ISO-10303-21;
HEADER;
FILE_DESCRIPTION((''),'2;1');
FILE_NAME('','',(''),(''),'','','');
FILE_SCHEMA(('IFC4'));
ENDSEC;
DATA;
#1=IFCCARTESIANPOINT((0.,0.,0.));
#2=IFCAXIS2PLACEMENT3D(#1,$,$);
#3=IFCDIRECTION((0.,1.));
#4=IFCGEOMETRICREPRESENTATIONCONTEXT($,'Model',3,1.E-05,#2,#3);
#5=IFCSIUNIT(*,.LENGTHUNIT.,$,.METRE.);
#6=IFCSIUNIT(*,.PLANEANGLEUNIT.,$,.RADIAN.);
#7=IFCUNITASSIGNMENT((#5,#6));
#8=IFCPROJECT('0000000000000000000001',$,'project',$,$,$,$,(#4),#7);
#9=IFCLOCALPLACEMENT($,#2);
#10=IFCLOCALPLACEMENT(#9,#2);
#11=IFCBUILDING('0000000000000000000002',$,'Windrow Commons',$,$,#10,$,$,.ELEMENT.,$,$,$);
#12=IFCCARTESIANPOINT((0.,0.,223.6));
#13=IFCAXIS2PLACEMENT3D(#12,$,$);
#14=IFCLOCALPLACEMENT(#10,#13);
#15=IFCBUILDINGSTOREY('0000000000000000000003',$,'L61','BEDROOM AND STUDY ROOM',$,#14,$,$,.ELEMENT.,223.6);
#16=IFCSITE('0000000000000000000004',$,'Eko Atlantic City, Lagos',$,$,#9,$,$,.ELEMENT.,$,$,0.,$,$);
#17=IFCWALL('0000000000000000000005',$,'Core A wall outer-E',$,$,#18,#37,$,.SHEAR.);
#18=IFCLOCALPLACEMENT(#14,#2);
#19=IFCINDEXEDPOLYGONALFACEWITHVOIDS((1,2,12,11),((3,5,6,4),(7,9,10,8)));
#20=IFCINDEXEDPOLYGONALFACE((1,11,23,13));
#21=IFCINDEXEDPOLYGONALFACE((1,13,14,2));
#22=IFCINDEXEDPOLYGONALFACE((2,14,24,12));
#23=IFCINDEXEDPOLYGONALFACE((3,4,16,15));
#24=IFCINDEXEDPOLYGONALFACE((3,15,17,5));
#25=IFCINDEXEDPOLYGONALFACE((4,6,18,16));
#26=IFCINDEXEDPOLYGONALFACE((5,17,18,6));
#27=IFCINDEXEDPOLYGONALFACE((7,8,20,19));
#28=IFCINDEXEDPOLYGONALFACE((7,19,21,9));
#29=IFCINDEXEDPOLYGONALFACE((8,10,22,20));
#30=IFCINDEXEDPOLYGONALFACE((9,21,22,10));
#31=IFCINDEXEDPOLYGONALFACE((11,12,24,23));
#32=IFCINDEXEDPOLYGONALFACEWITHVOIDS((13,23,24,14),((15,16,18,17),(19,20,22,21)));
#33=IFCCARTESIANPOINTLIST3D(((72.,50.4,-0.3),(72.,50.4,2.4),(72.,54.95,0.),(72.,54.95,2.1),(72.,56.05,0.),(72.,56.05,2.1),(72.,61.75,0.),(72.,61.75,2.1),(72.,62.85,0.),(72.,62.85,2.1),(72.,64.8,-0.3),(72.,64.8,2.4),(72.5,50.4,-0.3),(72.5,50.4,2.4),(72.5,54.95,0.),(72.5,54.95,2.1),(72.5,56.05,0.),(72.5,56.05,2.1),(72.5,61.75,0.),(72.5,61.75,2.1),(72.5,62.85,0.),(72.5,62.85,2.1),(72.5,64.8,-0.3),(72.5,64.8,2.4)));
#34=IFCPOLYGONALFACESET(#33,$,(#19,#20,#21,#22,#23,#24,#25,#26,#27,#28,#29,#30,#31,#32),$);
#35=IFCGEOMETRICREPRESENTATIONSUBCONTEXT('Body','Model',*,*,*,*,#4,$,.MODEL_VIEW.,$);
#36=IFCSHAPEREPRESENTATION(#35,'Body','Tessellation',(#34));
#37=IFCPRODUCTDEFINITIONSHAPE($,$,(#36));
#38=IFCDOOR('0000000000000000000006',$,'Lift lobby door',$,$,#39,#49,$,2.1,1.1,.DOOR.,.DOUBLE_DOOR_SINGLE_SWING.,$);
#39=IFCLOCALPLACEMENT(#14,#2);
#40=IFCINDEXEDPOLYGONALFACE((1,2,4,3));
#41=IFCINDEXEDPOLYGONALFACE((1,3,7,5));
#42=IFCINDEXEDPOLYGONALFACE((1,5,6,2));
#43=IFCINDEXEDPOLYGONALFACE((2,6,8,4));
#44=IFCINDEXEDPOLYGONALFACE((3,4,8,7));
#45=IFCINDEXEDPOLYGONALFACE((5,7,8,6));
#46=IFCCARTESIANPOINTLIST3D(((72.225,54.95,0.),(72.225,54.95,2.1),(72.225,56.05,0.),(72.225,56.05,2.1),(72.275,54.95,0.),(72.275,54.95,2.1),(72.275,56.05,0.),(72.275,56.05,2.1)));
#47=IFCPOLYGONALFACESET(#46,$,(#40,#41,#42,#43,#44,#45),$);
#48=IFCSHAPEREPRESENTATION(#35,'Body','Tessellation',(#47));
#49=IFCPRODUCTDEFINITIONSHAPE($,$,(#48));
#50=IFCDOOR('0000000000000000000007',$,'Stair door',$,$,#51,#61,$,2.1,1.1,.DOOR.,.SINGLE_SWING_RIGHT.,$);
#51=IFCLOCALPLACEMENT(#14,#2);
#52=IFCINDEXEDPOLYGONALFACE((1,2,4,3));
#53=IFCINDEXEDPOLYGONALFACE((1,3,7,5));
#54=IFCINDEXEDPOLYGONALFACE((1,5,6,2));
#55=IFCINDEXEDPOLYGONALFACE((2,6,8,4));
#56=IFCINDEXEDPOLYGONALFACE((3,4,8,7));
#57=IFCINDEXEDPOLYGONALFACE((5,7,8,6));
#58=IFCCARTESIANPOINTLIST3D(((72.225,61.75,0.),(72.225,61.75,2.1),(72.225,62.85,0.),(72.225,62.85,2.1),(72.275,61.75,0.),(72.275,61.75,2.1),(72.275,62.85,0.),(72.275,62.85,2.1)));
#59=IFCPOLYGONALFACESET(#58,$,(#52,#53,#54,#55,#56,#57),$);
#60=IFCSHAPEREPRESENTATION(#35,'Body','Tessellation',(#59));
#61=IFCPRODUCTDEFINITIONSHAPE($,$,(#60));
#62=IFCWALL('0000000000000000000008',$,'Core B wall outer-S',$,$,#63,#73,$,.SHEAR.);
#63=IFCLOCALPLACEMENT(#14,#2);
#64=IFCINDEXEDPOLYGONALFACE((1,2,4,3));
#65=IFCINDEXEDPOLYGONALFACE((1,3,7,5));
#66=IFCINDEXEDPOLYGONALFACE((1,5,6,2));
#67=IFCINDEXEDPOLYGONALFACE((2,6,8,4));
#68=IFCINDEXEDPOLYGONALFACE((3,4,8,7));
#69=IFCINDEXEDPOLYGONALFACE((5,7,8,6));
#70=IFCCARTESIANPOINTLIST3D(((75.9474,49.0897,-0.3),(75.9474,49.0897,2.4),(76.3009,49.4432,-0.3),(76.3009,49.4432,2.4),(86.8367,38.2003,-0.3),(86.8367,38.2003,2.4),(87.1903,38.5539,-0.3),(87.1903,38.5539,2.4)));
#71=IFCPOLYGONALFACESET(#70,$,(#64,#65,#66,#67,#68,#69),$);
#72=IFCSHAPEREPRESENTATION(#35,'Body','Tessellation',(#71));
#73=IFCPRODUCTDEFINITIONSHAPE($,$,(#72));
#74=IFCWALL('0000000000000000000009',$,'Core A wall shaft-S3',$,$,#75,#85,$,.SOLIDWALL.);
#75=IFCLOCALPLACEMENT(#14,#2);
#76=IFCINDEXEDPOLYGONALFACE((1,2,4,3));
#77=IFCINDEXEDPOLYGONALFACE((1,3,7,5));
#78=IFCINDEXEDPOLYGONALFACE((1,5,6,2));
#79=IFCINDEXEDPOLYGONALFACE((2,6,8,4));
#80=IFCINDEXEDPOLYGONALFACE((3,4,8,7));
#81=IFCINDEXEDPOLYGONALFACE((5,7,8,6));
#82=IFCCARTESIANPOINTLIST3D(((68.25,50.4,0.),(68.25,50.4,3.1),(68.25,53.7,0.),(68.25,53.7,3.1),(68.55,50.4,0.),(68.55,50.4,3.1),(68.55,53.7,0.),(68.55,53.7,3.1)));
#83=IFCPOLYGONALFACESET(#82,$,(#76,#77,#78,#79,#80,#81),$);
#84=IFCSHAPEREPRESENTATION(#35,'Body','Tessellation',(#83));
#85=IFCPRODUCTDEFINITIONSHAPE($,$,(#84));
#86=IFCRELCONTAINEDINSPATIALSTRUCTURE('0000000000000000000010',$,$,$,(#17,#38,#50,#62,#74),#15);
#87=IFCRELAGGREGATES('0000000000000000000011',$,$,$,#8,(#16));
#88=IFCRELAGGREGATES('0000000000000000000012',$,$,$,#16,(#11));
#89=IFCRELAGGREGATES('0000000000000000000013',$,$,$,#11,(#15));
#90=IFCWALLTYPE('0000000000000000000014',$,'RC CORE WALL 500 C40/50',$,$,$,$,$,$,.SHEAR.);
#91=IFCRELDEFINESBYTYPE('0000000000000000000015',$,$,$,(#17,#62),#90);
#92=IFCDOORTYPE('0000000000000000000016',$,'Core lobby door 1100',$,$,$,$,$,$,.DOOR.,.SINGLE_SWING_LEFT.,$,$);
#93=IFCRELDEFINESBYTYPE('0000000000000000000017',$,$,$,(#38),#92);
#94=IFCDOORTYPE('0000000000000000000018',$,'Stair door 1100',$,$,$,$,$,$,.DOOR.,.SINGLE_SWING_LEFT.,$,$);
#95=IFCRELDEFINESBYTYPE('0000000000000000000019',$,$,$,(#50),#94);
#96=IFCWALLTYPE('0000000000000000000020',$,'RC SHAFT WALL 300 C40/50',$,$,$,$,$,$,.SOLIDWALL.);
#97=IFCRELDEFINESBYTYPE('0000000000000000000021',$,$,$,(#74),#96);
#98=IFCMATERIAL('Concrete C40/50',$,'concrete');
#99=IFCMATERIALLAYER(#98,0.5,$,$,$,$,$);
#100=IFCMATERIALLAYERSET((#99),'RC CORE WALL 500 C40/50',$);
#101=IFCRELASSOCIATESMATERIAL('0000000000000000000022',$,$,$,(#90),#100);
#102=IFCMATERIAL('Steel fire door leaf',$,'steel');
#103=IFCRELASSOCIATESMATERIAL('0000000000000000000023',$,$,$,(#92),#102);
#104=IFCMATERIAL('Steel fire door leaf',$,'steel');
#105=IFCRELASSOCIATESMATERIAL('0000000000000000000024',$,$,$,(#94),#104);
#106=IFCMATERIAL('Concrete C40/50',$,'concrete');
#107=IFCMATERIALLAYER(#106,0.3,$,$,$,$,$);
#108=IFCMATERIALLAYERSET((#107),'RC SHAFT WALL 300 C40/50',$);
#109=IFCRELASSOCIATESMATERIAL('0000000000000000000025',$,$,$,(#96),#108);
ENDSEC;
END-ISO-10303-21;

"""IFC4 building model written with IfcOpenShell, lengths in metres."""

from ifc_helpers import new_model, si_unit, direction, frame, frame_2d, origin, place, context, subcontext, project, spatial, rectangle, extrude, material, layer, layer_set, type_object, element, fill, save


model = new_model("IFC4")

# Units and contexts
model_context = context("Model", 3, precision=1e-05, world=origin(), true_north=direction((0.0, 1.0)))
body_context = subcontext(model_context, "Body", "Model", "MODEL_VIEW")
ifc_project = project(units=[si_unit("LENGTHUNIT", "METRE"), si_unit("PLANEANGLEUNIT", "RADIAN")], contexts=[model_context])

# Site, building, storey
site_placement = place(None, origin())
site = spatial("IfcSite", under=ifc_project, at=site_placement, Name="Eko Atlantic City, Lagos", CompositionType="ELEMENT", RefElevation=0.0)
building_placement = place(site_placement, origin())
building = spatial("IfcBuilding", under=site, at=building_placement, Name="Windrow Commons", CompositionType="ELEMENT")
storey_placement = place(building_placement, frame((0.0, 0.0, 223.6)))
storey = spatial("IfcBuildingStorey", under=building, at=storey_placement, Name="L61", Description="BEDROOM AND STUDY ROOM", CompositionType="ELEMENT", Elevation=223.6)

# Wall, openings, doors
ifc_material_1 = material(Name="Concrete C40/50", Category="concrete")
ifc_layer_1 = layer(ifc_material_1, 0.5)
ifc_layer_set_1 = layer_set([ifc_layer_1], Name="RC CORE WALL 500 C40/50")
wall_type_1 = type_object("IfcWallType", Name="RC CORE WALL 500 C40/50", PredefinedType="SHEAR", material=ifc_layer_set_1)
wall_1_placement = place(storey_placement, frame((72.25, 50.4, -0.3), z_axis=(0.0, 0.0, 1.0), x_axis=(0.0, 1.0, 0.0)))
wall_1 = element("IfcWall", 1, at=wall_1_placement, inside=storey, type_object=wall_type_1, Name="Core A wall outer-E", PredefinedType="SHEAR", context=body_context, shape_type="SweptSolid", body=[
    extrude(rectangle(XDim=14.4, YDim=0.5, at=frame_2d((7.2, 0.0))), origin(), (0.0, 0.0, 1.0), 2.7),
])
opening_1_placement = place(wall_1_placement, frame((4.55, 0.0, 0.3)))
opening_1 = element("IfcOpeningElement", 2, at=opening_1_placement, cuts=wall_1, PredefinedType="OPENING", context=body_context, shape_type="SweptSolid", body=[
    extrude(rectangle(XDim=1.1, YDim=2.1, at=frame_2d((0.55, 1.05))), frame((0.0, 0.26, 0.0), z_axis=(0.0, -1.0, 0.0), x_axis=(1.0, 0.0, 0.0)), (0.0, 0.0, 1.0), 0.52),
])
opening_2_placement = place(wall_1_placement, frame((11.35, 0.0, 0.3)))
opening_2 = element("IfcOpeningElement", 3, at=opening_2_placement, cuts=wall_1, PredefinedType="OPENING", context=body_context, shape_type="SweptSolid", body=[
    extrude(rectangle(XDim=1.1, YDim=2.1, at=frame_2d((0.55, 1.05))), frame((0.0, 0.26, 0.0), z_axis=(0.0, -1.0, 0.0), x_axis=(1.0, 0.0, 0.0)), (0.0, 0.0, 1.0), 0.52),
])
ifc_material_2 = material(Name="Steel fire door leaf", Category="steel")
door_type_1 = type_object("IfcDoorType", Name="Core lobby door 1100", OperationType="SINGLE_SWING_LEFT", PredefinedType="DOOR", material=ifc_material_2)
door_1_placement = place(opening_1_placement, origin())
door_1 = element("IfcDoor", 4, at=door_1_placement, inside=storey, type_object=door_type_1, Name="Lift lobby door", OperationType="DOUBLE_DOOR_SINGLE_SWING", OverallHeight=2.1, OverallWidth=1.1, PredefinedType="DOOR", context=body_context, shape_type="SweptSolid", body=[
    extrude(rectangle(XDim=1.1, YDim=2.1, at=frame_2d((0.55, 1.05))), frame((0.0, 0.025, 0.0), z_axis=(0.0, -1.0, 0.0), x_axis=(1.0, 0.0, 0.0)), (0.0, 0.0, 1.0), 0.05),
])
fill(opening_1, door_1)
ifc_material_3 = material(Name="Steel fire door leaf", Category="steel")
door_type_2 = type_object("IfcDoorType", Name="Stair door 1100", OperationType="SINGLE_SWING_LEFT", PredefinedType="DOOR", material=ifc_material_3)
door_2_placement = place(opening_2_placement, origin())
door_2 = element("IfcDoor", 5, at=door_2_placement, inside=storey, type_object=door_type_2, Name="Stair door", OperationType="SINGLE_SWING_RIGHT", OverallHeight=2.1, OverallWidth=1.1, PredefinedType="DOOR", context=body_context, shape_type="SweptSolid", body=[
    extrude(rectangle(XDim=1.1, YDim=2.1, at=frame_2d((0.55, 1.05))), frame((0.0, 0.025, 0.0), z_axis=(0.0, -1.0, 0.0), x_axis=(1.0, 0.0, 0.0)), (0.0, 0.0, 1.0), 0.05),
])
fill(opening_2, door_2)

# Walls
wall_2_placement = place(storey_placement, frame((76.1241, 49.2665, -0.3), z_axis=(0.0, 0.0, 1.0), x_axis=(0.707107, -0.707107, 0.0)))
element("IfcWall", 6, at=wall_2_placement, inside=storey, type_object=wall_type_1, Name="Core B wall outer-S", PredefinedType="SHEAR", context=body_context, shape_type="SweptSolid", body=[
    extrude(rectangle(XDim=15.3999, YDim=0.5, at=frame_2d((7.7, 0.0))), origin(), (0.0, 0.0, 1.0), 2.7),
])
ifc_material_4 = material(Name="Concrete C40/50", Category="concrete")
ifc_layer_2 = layer(ifc_material_4, 0.3)
ifc_layer_set_2 = layer_set([ifc_layer_2], Name="RC SHAFT WALL 300 C40/50")
wall_type_2 = type_object("IfcWallType", Name="RC SHAFT WALL 300 C40/50", PredefinedType="SOLIDWALL", material=ifc_layer_set_2)
wall_3_placement = place(storey_placement, frame((68.4, 50.4, 0.0), z_axis=(0.0, 0.0, 1.0), x_axis=(0.0, 1.0, 0.0)))
element("IfcWall", 7, at=wall_3_placement, inside=storey, type_object=wall_type_2, Name="Core A wall shaft-S3", PredefinedType="SOLIDWALL", context=body_context, shape_type="SweptSolid", body=[
    extrude(rectangle(XDim=3.3, YDim=0.3, at=frame_2d((1.65, 0.0))), origin(), (0.0, 0.0, 1.0), 3.1),
])

save(model, "model.ifc")
